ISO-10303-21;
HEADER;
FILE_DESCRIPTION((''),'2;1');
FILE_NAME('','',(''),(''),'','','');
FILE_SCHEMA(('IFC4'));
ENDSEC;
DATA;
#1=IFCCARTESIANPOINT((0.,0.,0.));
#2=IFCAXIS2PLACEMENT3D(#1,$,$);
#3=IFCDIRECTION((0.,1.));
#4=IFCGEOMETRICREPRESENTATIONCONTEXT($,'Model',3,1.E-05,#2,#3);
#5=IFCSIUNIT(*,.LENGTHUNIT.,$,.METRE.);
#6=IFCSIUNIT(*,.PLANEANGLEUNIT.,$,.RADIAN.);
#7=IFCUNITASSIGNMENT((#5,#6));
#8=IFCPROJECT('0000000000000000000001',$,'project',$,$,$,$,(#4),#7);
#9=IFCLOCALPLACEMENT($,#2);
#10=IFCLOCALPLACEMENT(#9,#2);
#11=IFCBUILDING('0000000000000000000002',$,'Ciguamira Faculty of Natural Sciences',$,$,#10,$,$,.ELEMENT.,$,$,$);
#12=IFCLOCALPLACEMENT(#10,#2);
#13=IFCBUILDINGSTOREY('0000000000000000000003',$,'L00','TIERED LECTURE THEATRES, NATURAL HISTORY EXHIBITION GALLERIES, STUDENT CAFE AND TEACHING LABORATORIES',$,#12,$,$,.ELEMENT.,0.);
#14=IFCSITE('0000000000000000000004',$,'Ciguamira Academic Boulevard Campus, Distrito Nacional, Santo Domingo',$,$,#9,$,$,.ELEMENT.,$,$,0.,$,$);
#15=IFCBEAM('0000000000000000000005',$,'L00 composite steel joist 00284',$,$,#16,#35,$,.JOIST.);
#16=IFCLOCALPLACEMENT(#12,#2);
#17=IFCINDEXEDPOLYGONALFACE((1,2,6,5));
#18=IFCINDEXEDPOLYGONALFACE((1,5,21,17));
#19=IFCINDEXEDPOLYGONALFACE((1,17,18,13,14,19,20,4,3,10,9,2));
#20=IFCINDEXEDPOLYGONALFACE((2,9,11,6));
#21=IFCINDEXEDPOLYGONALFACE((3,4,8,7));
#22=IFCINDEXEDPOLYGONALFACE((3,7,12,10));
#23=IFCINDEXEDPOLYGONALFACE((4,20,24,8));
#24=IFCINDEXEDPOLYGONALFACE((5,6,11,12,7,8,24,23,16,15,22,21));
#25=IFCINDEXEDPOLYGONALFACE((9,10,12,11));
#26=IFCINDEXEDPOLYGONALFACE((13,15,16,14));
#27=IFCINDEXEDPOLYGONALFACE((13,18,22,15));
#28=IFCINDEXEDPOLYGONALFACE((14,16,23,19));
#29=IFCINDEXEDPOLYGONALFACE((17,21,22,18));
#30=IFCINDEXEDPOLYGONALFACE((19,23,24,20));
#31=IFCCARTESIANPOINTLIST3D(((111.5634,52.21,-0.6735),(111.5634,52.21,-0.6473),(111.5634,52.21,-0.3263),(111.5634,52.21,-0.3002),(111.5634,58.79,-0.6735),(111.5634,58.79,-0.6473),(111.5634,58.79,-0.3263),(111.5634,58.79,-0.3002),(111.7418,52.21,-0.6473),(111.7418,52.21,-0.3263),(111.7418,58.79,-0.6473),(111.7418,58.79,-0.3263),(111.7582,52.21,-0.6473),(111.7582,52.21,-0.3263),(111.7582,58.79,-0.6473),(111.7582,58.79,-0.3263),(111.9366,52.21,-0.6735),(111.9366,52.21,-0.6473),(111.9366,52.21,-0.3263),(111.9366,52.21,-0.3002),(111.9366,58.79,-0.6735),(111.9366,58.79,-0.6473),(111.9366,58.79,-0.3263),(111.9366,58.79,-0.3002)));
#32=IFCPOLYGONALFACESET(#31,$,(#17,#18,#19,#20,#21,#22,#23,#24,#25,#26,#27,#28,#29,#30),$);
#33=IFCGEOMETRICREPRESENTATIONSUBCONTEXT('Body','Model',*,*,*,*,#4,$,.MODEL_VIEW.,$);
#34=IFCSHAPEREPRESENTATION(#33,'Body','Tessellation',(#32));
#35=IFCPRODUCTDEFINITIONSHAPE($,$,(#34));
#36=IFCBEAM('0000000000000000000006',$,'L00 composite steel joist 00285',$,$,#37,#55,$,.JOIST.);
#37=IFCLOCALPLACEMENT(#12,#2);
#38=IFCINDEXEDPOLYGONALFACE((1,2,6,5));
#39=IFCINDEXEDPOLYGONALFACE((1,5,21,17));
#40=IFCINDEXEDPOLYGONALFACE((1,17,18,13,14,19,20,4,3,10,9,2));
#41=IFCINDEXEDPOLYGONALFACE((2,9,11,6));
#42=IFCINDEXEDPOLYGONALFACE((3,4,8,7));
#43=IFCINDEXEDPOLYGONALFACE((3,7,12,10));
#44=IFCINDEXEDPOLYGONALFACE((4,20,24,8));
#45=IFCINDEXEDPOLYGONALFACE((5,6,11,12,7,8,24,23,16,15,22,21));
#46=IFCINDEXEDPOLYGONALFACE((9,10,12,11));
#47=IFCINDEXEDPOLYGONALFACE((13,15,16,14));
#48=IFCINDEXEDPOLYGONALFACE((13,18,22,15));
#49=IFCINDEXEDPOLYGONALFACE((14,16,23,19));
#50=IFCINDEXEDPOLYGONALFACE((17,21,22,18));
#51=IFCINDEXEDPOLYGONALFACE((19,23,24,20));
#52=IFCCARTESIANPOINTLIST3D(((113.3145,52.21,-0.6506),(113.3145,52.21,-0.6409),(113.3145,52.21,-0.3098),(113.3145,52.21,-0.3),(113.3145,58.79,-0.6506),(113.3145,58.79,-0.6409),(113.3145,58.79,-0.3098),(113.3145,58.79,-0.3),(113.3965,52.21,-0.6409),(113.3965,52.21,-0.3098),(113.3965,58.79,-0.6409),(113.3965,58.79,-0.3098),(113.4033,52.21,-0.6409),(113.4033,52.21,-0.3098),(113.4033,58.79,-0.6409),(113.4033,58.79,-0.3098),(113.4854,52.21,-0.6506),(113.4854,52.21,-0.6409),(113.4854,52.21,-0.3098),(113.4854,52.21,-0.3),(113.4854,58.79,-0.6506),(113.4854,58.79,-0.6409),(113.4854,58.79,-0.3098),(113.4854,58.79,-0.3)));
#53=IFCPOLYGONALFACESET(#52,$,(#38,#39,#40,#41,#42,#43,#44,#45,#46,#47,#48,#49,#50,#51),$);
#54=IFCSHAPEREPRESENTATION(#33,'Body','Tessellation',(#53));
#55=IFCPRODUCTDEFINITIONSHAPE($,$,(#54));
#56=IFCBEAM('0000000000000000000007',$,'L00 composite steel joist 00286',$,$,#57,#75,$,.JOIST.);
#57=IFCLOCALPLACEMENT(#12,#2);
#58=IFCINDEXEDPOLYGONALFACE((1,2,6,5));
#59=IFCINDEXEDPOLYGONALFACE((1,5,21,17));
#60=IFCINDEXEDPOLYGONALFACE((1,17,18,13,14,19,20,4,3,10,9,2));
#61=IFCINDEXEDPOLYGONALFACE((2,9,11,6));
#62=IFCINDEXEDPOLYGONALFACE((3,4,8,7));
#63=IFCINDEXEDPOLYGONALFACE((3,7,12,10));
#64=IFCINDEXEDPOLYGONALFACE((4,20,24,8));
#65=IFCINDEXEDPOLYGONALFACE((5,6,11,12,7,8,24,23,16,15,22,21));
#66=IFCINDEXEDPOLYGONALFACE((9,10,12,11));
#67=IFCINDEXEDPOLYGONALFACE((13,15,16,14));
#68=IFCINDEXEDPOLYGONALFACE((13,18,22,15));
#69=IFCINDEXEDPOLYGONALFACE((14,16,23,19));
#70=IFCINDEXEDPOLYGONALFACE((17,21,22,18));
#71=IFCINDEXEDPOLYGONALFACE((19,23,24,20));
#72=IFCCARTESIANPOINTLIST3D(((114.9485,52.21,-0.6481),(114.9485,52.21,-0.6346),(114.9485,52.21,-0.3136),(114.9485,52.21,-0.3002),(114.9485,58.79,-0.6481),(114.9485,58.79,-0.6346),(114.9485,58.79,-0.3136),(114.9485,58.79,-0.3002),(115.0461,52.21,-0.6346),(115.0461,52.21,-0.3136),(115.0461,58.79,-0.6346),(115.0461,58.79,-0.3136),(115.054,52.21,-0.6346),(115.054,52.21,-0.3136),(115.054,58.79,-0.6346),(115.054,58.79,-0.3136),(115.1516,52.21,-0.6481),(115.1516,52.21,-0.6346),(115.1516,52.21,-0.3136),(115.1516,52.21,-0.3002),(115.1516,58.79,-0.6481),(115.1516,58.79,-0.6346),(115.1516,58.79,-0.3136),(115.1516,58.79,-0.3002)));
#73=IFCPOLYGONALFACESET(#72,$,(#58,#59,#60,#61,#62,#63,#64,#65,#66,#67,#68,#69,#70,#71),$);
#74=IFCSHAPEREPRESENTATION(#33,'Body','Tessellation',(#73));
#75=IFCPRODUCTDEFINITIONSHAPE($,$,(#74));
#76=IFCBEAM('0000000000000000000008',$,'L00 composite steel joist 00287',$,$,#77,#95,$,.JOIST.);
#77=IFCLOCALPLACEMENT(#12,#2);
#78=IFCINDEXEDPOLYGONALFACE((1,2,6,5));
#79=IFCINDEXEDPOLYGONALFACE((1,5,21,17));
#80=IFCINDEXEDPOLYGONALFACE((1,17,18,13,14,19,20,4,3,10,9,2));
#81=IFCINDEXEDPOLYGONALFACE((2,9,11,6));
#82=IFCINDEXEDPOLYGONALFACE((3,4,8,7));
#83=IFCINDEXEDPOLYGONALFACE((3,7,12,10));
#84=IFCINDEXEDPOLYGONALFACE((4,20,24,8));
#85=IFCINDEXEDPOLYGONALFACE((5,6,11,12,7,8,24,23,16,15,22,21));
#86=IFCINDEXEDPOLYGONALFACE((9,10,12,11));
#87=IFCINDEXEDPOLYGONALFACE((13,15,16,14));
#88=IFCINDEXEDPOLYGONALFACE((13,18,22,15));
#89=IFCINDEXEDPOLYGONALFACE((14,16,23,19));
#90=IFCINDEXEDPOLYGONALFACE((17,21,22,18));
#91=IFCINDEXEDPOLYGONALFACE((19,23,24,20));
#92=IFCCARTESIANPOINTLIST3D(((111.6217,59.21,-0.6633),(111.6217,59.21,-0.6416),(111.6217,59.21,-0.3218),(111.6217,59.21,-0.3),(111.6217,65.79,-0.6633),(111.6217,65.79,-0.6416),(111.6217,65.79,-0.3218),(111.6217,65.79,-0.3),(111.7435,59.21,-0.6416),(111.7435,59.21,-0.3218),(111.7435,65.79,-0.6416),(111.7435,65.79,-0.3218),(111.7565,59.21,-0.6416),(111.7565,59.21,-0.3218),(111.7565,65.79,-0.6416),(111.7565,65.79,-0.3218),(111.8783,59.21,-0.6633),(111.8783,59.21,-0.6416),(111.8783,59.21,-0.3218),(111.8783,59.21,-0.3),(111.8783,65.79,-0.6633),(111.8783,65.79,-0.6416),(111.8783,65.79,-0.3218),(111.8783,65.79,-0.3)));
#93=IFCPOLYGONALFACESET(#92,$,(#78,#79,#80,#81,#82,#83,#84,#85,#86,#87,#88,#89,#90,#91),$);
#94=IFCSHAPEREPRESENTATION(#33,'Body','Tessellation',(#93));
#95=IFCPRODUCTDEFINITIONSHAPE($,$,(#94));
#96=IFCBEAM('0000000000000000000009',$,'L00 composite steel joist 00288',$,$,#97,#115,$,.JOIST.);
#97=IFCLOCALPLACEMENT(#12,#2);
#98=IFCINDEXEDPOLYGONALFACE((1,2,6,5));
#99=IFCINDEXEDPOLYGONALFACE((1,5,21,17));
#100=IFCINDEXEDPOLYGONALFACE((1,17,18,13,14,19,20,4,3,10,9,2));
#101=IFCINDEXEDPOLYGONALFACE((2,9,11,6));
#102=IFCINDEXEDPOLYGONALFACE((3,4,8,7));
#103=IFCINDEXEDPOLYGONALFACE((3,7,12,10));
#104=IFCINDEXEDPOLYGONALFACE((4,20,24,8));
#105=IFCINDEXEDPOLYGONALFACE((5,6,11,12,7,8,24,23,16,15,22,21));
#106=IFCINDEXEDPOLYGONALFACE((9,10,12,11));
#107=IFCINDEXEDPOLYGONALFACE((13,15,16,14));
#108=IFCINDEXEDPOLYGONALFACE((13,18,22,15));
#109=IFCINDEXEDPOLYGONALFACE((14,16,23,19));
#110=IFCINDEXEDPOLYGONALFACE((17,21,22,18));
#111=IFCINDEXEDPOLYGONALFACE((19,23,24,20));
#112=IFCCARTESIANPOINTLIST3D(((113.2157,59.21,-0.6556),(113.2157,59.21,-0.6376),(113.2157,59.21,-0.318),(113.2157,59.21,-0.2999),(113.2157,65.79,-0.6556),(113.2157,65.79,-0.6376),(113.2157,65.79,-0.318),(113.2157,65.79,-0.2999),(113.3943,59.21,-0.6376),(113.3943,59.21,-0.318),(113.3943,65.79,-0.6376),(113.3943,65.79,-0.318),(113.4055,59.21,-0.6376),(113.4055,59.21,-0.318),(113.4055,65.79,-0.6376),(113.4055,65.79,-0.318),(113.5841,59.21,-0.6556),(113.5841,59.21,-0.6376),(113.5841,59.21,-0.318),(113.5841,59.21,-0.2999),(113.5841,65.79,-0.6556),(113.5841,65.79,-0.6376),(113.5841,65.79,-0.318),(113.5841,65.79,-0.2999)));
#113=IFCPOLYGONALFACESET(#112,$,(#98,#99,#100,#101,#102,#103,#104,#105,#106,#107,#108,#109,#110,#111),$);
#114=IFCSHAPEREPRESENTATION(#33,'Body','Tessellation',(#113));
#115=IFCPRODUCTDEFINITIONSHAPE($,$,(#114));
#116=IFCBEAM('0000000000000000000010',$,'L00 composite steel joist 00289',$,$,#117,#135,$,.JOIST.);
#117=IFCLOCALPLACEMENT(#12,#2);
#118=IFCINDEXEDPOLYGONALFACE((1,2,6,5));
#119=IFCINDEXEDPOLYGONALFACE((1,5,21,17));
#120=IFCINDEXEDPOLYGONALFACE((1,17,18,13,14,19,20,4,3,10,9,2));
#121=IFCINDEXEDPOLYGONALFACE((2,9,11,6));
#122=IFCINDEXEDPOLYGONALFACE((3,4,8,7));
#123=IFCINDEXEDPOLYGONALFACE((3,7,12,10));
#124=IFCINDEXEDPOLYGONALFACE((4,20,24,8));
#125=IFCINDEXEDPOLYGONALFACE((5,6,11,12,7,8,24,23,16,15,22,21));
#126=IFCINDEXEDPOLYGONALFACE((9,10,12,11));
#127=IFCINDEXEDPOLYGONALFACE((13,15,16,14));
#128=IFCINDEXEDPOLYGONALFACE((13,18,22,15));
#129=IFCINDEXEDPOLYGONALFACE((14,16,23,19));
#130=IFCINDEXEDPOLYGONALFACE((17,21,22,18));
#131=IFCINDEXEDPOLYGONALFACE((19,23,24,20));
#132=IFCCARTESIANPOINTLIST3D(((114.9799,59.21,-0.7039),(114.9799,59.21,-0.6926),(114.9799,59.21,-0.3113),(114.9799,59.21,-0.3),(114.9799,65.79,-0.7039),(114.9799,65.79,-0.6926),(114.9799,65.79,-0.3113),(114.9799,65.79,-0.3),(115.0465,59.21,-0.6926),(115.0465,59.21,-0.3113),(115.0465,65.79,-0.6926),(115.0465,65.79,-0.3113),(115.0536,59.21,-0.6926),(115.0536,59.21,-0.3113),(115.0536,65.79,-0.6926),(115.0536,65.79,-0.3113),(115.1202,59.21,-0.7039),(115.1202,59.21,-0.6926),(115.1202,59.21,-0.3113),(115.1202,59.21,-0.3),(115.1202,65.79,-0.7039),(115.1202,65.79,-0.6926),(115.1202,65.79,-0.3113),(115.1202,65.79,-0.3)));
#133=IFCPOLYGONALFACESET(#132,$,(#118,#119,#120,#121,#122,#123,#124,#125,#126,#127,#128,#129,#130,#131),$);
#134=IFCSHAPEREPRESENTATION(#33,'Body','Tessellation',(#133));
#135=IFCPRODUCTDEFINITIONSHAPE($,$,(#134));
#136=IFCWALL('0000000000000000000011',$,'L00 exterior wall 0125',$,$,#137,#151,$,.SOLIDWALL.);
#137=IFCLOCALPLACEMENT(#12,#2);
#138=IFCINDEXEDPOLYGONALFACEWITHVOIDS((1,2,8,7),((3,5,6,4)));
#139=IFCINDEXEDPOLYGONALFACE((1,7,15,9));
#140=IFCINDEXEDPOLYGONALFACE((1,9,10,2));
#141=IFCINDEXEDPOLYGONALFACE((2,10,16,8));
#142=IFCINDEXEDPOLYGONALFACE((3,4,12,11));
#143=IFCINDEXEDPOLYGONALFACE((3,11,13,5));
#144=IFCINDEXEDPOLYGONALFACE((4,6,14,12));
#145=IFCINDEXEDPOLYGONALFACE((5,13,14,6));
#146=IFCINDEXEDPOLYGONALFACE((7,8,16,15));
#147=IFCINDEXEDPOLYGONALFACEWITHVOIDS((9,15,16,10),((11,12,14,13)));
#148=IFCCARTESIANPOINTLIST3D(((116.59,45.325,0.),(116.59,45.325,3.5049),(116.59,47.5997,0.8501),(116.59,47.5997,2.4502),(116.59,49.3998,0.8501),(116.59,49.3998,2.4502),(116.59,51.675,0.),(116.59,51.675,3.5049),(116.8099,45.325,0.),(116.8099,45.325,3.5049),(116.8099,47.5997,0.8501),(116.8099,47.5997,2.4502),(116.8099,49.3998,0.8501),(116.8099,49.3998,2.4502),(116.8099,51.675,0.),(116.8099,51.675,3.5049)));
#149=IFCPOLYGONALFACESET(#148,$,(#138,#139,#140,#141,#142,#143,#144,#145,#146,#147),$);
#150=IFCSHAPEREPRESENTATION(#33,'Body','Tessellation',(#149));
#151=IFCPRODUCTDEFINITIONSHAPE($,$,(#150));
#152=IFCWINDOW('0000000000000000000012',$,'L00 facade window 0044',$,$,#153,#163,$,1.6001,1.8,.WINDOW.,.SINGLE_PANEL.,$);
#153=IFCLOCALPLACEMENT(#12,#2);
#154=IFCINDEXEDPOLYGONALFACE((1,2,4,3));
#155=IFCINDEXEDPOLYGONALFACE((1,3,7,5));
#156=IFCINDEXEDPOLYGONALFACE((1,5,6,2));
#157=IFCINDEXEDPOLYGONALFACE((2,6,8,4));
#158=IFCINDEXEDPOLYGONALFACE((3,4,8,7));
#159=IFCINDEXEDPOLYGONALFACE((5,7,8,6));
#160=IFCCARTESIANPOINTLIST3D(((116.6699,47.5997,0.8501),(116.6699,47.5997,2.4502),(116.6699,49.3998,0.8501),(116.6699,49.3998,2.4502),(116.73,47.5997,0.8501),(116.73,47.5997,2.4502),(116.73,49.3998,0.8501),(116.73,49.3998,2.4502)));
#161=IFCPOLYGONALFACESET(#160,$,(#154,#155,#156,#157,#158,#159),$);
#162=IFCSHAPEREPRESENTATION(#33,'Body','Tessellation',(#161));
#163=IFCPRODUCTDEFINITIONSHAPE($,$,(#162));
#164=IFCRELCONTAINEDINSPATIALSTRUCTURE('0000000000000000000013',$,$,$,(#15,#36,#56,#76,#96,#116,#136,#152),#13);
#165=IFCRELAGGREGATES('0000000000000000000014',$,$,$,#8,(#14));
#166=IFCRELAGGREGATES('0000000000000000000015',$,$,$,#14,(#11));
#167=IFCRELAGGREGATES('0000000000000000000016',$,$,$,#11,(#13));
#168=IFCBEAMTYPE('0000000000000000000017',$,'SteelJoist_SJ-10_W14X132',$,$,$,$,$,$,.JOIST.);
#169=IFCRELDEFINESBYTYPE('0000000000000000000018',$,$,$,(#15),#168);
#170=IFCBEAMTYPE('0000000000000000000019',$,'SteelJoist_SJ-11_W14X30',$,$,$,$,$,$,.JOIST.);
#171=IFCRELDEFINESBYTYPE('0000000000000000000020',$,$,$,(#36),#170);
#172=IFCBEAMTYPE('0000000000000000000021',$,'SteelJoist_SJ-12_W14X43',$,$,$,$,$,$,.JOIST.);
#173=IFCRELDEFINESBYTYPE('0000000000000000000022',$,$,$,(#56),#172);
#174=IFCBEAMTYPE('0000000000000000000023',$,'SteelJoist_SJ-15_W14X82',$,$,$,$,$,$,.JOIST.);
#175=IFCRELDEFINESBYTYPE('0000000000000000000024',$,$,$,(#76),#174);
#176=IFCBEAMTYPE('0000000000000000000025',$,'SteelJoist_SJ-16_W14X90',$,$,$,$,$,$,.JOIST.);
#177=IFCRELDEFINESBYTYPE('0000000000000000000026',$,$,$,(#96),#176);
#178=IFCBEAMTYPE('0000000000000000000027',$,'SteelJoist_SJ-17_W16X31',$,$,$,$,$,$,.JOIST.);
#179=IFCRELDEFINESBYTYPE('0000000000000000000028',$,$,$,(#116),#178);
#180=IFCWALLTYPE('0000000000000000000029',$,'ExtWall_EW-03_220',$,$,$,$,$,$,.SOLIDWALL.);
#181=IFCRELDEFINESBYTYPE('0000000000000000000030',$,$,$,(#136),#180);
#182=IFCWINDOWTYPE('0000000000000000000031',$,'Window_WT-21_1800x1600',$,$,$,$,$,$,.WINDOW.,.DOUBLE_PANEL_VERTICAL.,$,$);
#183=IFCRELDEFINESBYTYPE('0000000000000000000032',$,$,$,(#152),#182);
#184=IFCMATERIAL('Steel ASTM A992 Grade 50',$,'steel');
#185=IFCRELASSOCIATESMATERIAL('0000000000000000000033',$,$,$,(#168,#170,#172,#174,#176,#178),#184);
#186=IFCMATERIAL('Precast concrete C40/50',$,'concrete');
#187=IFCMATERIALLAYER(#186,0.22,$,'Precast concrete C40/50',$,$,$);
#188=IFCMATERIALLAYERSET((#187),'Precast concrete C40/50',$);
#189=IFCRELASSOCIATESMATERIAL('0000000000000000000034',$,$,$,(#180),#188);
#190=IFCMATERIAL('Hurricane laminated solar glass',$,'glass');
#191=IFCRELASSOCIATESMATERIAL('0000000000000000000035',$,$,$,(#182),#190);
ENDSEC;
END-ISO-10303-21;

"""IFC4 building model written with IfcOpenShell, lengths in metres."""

from ifc_helpers import new_model, si_unit, direction, frame, frame_2d, origin, origin_2d, place, context, subcontext, project, spatial, rectangle, i_section, extrude, material, layer, layer_set, material_profile, profile_set, type_object, element, fill, save


model = new_model("IFC4")

# Units and contexts
model_context = context("Model", 3, precision=1e-05, world=origin(), true_north=direction((0.0, 1.0)))
body_context = subcontext(model_context, "Body", "Model", "MODEL_VIEW")
ifc_project = project(units=[si_unit("LENGTHUNIT", "METRE"), si_unit("PLANEANGLEUNIT", "RADIAN")], contexts=[model_context])

# Site, building, storey
site_placement = place(None, origin())
site = spatial("IfcSite", under=ifc_project, at=site_placement, Name="Ciguamira Academic Boulevard Campus, Distrito Nacional, Santo Domingo", CompositionType="ELEMENT", RefElevation=0.0)
building_placement = place(site_placement, origin())
building = spatial("IfcBuilding", under=site, at=building_placement, Name="Ciguamira Faculty of Natural Sciences", CompositionType="ELEMENT")
storey_placement = place(building_placement, origin())
storey = spatial("IfcBuildingStorey", under=building, at=storey_placement, Name="L00", Description="TIERED LECTURE THEATRES, NATURAL HISTORY EXHIBITION GALLERIES, STUDENT CAFE AND TEACHING LABORATORIES", CompositionType="ELEMENT", Elevation=0.0)

# Beams
ifc_material_1 = material(Name="Precast concrete C40/50", Category="concrete")
ifc_material_2 = material(Name="Steel ASTM A992 Grade 50", Category="steel")
ifc_material_profile_1 = material_profile(ifc_material_2, i_section(OverallWidth=0.3733, OverallDepth=0.3733, WebThickness=0.0164, FlangeThickness=0.0261, at=origin_2d()), Name="W14X132")
ifc_profile_set_1 = profile_set([ifc_material_profile_1], Name="Steel ASTM A992 Grade 50")
beam_type_1 = type_object("IfcBeamType", Name="SteelJoist_SJ-10_W14X132", PredefinedType="JOIST", material=ifc_profile_set_1)
beam_1_placement = place(storey_placement, frame((111.75, 52.21, -0.4868), z_axis=(0.0, 1.0, 0.0), x_axis=(-1.0, 0.0, 0.0)))
element("IfcBeam", 1, at=beam_1_placement, inside=storey, type_object=beam_type_1, Name="L00 composite steel joist 00284", PredefinedType="JOIST", context=body_context, shape_type="SweptSolid", body=[
    extrude(i_section(OverallWidth=0.3733, OverallDepth=0.3733, WebThickness=0.0164, FlangeThickness=0.0261, at=origin_2d()), origin(), (0.0, 0.0, 1.0), 6.5801),
])
ifc_material_profile_2 = material_profile(ifc_material_2, i_section(OverallWidth=0.1709, OverallDepth=0.3506, WebThickness=0.0068, FlangeThickness=0.0098, at=origin_2d()), Name="W14X30")
ifc_profile_set_2 = profile_set([ifc_material_profile_2], Name="Steel ASTM A992 Grade 50")
beam_type_2 = type_object("IfcBeamType", Name="SteelJoist_SJ-11_W14X30", PredefinedType="JOIST", material=ifc_profile_set_2)
beam_2_placement = place(storey_placement, frame((113.3999, 52.21, -0.4753), z_axis=(0.0, 1.0, 0.0), x_axis=(-1.0, 0.0, 0.0)))
element("IfcBeam", 2, at=beam_2_placement, inside=storey, type_object=beam_type_2, Name="L00 composite steel joist 00285", PredefinedType="JOIST", context=body_context, shape_type="SweptSolid", body=[
    extrude(i_section(OverallWidth=0.1709, OverallDepth=0.3506, WebThickness=0.0068, FlangeThickness=0.0098, at=origin_2d()), origin(), (0.0, 0.0, 1.0), 6.5801),
])
ifc_material_profile_3 = material_profile(ifc_material_2, i_section(OverallWidth=0.2031, OverallDepth=0.3479, WebThickness=0.0078, FlangeThickness=0.0134, at=origin_2d()), Name="W14X43")
ifc_profile_set_3 = profile_set([ifc_material_profile_3], Name="Steel ASTM A992 Grade 50")
beam_type_3 = type_object("IfcBeamType", Name="SteelJoist_SJ-12_W14X43", PredefinedType="JOIST", material=ifc_profile_set_3)
beam_3_placement = place(storey_placement, frame((115.05, 52.21, -0.4741), z_axis=(0.0, 1.0, 0.0), x_axis=(-1.0, 0.0, 0.0)))
element("IfcBeam", 3, at=beam_3_placement, inside=storey, type_object=beam_type_3, Name="L00 composite steel joist 00286", PredefinedType="JOIST", context=body_context, shape_type="SweptSolid", body=[
    extrude(i_section(OverallWidth=0.2031, OverallDepth=0.3479, WebThickness=0.0078, FlangeThickness=0.0134, at=origin_2d()), origin(), (0.0, 0.0, 1.0), 6.5801),
])
ifc_material_profile_4 = material_profile(ifc_material_2, i_section(OverallWidth=0.2566, OverallDepth=0.3633, WebThickness=0.0129, FlangeThickness=0.0217, at=origin_2d()), Name="W14X82")
ifc_profile_set_4 = profile_set([ifc_material_profile_4], Name="Steel ASTM A992 Grade 50")
beam_type_4 = type_object("IfcBeamType", Name="SteelJoist_SJ-15_W14X82", PredefinedType="JOIST", material=ifc_profile_set_4)
beam_4_placement = place(storey_placement, frame((111.75, 59.21, -0.4817), z_axis=(0.0, 1.0, 0.0), x_axis=(-1.0, 0.0, 0.0)))
element("IfcBeam", 4, at=beam_4_placement, inside=storey, type_object=beam_type_4, Name="L00 composite steel joist 00287", PredefinedType="JOIST", context=body_context, shape_type="SweptSolid", body=[
    extrude(i_section(OverallWidth=0.2566, OverallDepth=0.3633, WebThickness=0.0129, FlangeThickness=0.0217, at=origin_2d()), origin(), (0.0, 0.0, 1.0), 6.5801),
])
ifc_material_profile_5 = material_profile(ifc_material_2, i_section(OverallWidth=0.3684, OverallDepth=0.3557, WebThickness=0.0112, FlangeThickness=0.0181, at=origin_2d()), Name="W14X90")
ifc_profile_set_5 = profile_set([ifc_material_profile_5], Name="Steel ASTM A992 Grade 50")
beam_type_5 = type_object("IfcBeamType", Name="SteelJoist_SJ-16_W14X90", PredefinedType="JOIST", material=ifc_profile_set_5)
beam_5_placement = place(storey_placement, frame((113.3999, 59.21, -0.4778), z_axis=(0.0, 1.0, 0.0), x_axis=(-1.0, 0.0, 0.0)))
element("IfcBeam", 5, at=beam_5_placement, inside=storey, type_object=beam_type_5, Name="L00 composite steel joist 00288", PredefinedType="JOIST", context=body_context, shape_type="SweptSolid", body=[
    extrude(i_section(OverallWidth=0.3684, OverallDepth=0.3557, WebThickness=0.0112, FlangeThickness=0.0181, at=origin_2d()), origin(), (0.0, 0.0, 1.0), 6.5801),
])
ifc_material_profile_6 = material_profile(ifc_material_2, i_section(OverallWidth=0.1404, OverallDepth=0.4038, WebThickness=0.0071, FlangeThickness=0.0112, at=origin_2d()), Name="W16X31")
ifc_profile_set_6 = profile_set([ifc_material_profile_6], Name="Steel ASTM A992 Grade 50")
beam_type_6 = type_object("IfcBeamType", Name="SteelJoist_SJ-17_W16X31", PredefinedType="JOIST", material=ifc_profile_set_6)
beam_6_placement = place(storey_placement, frame((115.05, 59.21, -0.502), z_axis=(0.0, 1.0, 0.0), x_axis=(-1.0, 0.0, 0.0)))
element("IfcBeam", 6, at=beam_6_placement, inside=storey, type_object=beam_type_6, Name="L00 composite steel joist 00289", PredefinedType="JOIST", context=body_context, shape_type="SweptSolid", body=[
    extrude(i_section(OverallWidth=0.1404, OverallDepth=0.4038, WebThickness=0.0071, FlangeThickness=0.0112, at=origin_2d()), origin(), (0.0, 0.0, 1.0), 6.5801),
])

# Wall, opening, window
ifc_layer = layer(ifc_material_1, 0.22, Name="Precast concrete C40/50")
ifc_layer_set = layer_set([ifc_layer], Name="Precast concrete C40/50")
wall_type = type_object("IfcWallType", Name="ExtWall_EW-03_220", PredefinedType="SOLIDWALL", material=ifc_layer_set)
wall_1_placement = place(storey_placement, frame((116.7, 45.325, 0.0), z_axis=(0.0, 0.0, 1.0), x_axis=(0.0, 1.0, 0.0)))
wall_1 = element("IfcWall", 7, at=wall_1_placement, inside=storey, type_object=wall_type, Name="L00 exterior wall 0125", PredefinedType="SOLIDWALL", context=body_context, shape_type="SweptSolid", body=[
    extrude(rectangle(XDim=6.3501, YDim=0.22, at=frame_2d((3.175, 0.0))), origin(), (0.0, 0.0, 1.0), 3.5049),
])
opening_1_placement = place(wall_1_placement, frame((2.2749, 0.0, 0.8501)))
opening_1 = element("IfcOpeningElement", 8, at=opening_1_placement, cuts=wall_1, PredefinedType="OPENING", context=body_context, shape_type="SweptSolid", body=[
    extrude(rectangle(XDim=1.8, YDim=1.6001, at=frame_2d((0.8999, 0.8))), frame((0.0, 0.1199, 0.0), z_axis=(0.0, -1.0, 0.0), x_axis=(1.0, 0.0, 0.0)), (0.0, 0.0, 1.0), 0.24),
])
ifc_material_3 = material(Name="Hurricane laminated solar glass", Category="glass")
window_type = type_object("IfcWindowType", Name="Window_WT-21_1800x1600", PartitioningType="DOUBLE_PANEL_VERTICAL", PredefinedType="WINDOW", material=ifc_material_3)
window_placement = place(opening_1_placement, origin())
window = element("IfcWindow", 9, at=window_placement, inside=storey, type_object=window_type, Name="L00 facade window 0044", OverallHeight=1.6001, OverallWidth=1.8, PartitioningType="SINGLE_PANEL", PredefinedType="WINDOW", context=body_context, shape_type="SweptSolid", body=[
    extrude(rectangle(XDim=1.8, YDim=1.6001, at=frame_2d((0.8999, 0.8))), frame((0.0, 0.03, 0.0), z_axis=(0.0, -1.0, 0.0), x_axis=(1.0, 0.0, 0.0)), (0.0, 0.0, 1.0), 0.0601),
])
fill(opening_1, window)

save(model, "model.ifc")
